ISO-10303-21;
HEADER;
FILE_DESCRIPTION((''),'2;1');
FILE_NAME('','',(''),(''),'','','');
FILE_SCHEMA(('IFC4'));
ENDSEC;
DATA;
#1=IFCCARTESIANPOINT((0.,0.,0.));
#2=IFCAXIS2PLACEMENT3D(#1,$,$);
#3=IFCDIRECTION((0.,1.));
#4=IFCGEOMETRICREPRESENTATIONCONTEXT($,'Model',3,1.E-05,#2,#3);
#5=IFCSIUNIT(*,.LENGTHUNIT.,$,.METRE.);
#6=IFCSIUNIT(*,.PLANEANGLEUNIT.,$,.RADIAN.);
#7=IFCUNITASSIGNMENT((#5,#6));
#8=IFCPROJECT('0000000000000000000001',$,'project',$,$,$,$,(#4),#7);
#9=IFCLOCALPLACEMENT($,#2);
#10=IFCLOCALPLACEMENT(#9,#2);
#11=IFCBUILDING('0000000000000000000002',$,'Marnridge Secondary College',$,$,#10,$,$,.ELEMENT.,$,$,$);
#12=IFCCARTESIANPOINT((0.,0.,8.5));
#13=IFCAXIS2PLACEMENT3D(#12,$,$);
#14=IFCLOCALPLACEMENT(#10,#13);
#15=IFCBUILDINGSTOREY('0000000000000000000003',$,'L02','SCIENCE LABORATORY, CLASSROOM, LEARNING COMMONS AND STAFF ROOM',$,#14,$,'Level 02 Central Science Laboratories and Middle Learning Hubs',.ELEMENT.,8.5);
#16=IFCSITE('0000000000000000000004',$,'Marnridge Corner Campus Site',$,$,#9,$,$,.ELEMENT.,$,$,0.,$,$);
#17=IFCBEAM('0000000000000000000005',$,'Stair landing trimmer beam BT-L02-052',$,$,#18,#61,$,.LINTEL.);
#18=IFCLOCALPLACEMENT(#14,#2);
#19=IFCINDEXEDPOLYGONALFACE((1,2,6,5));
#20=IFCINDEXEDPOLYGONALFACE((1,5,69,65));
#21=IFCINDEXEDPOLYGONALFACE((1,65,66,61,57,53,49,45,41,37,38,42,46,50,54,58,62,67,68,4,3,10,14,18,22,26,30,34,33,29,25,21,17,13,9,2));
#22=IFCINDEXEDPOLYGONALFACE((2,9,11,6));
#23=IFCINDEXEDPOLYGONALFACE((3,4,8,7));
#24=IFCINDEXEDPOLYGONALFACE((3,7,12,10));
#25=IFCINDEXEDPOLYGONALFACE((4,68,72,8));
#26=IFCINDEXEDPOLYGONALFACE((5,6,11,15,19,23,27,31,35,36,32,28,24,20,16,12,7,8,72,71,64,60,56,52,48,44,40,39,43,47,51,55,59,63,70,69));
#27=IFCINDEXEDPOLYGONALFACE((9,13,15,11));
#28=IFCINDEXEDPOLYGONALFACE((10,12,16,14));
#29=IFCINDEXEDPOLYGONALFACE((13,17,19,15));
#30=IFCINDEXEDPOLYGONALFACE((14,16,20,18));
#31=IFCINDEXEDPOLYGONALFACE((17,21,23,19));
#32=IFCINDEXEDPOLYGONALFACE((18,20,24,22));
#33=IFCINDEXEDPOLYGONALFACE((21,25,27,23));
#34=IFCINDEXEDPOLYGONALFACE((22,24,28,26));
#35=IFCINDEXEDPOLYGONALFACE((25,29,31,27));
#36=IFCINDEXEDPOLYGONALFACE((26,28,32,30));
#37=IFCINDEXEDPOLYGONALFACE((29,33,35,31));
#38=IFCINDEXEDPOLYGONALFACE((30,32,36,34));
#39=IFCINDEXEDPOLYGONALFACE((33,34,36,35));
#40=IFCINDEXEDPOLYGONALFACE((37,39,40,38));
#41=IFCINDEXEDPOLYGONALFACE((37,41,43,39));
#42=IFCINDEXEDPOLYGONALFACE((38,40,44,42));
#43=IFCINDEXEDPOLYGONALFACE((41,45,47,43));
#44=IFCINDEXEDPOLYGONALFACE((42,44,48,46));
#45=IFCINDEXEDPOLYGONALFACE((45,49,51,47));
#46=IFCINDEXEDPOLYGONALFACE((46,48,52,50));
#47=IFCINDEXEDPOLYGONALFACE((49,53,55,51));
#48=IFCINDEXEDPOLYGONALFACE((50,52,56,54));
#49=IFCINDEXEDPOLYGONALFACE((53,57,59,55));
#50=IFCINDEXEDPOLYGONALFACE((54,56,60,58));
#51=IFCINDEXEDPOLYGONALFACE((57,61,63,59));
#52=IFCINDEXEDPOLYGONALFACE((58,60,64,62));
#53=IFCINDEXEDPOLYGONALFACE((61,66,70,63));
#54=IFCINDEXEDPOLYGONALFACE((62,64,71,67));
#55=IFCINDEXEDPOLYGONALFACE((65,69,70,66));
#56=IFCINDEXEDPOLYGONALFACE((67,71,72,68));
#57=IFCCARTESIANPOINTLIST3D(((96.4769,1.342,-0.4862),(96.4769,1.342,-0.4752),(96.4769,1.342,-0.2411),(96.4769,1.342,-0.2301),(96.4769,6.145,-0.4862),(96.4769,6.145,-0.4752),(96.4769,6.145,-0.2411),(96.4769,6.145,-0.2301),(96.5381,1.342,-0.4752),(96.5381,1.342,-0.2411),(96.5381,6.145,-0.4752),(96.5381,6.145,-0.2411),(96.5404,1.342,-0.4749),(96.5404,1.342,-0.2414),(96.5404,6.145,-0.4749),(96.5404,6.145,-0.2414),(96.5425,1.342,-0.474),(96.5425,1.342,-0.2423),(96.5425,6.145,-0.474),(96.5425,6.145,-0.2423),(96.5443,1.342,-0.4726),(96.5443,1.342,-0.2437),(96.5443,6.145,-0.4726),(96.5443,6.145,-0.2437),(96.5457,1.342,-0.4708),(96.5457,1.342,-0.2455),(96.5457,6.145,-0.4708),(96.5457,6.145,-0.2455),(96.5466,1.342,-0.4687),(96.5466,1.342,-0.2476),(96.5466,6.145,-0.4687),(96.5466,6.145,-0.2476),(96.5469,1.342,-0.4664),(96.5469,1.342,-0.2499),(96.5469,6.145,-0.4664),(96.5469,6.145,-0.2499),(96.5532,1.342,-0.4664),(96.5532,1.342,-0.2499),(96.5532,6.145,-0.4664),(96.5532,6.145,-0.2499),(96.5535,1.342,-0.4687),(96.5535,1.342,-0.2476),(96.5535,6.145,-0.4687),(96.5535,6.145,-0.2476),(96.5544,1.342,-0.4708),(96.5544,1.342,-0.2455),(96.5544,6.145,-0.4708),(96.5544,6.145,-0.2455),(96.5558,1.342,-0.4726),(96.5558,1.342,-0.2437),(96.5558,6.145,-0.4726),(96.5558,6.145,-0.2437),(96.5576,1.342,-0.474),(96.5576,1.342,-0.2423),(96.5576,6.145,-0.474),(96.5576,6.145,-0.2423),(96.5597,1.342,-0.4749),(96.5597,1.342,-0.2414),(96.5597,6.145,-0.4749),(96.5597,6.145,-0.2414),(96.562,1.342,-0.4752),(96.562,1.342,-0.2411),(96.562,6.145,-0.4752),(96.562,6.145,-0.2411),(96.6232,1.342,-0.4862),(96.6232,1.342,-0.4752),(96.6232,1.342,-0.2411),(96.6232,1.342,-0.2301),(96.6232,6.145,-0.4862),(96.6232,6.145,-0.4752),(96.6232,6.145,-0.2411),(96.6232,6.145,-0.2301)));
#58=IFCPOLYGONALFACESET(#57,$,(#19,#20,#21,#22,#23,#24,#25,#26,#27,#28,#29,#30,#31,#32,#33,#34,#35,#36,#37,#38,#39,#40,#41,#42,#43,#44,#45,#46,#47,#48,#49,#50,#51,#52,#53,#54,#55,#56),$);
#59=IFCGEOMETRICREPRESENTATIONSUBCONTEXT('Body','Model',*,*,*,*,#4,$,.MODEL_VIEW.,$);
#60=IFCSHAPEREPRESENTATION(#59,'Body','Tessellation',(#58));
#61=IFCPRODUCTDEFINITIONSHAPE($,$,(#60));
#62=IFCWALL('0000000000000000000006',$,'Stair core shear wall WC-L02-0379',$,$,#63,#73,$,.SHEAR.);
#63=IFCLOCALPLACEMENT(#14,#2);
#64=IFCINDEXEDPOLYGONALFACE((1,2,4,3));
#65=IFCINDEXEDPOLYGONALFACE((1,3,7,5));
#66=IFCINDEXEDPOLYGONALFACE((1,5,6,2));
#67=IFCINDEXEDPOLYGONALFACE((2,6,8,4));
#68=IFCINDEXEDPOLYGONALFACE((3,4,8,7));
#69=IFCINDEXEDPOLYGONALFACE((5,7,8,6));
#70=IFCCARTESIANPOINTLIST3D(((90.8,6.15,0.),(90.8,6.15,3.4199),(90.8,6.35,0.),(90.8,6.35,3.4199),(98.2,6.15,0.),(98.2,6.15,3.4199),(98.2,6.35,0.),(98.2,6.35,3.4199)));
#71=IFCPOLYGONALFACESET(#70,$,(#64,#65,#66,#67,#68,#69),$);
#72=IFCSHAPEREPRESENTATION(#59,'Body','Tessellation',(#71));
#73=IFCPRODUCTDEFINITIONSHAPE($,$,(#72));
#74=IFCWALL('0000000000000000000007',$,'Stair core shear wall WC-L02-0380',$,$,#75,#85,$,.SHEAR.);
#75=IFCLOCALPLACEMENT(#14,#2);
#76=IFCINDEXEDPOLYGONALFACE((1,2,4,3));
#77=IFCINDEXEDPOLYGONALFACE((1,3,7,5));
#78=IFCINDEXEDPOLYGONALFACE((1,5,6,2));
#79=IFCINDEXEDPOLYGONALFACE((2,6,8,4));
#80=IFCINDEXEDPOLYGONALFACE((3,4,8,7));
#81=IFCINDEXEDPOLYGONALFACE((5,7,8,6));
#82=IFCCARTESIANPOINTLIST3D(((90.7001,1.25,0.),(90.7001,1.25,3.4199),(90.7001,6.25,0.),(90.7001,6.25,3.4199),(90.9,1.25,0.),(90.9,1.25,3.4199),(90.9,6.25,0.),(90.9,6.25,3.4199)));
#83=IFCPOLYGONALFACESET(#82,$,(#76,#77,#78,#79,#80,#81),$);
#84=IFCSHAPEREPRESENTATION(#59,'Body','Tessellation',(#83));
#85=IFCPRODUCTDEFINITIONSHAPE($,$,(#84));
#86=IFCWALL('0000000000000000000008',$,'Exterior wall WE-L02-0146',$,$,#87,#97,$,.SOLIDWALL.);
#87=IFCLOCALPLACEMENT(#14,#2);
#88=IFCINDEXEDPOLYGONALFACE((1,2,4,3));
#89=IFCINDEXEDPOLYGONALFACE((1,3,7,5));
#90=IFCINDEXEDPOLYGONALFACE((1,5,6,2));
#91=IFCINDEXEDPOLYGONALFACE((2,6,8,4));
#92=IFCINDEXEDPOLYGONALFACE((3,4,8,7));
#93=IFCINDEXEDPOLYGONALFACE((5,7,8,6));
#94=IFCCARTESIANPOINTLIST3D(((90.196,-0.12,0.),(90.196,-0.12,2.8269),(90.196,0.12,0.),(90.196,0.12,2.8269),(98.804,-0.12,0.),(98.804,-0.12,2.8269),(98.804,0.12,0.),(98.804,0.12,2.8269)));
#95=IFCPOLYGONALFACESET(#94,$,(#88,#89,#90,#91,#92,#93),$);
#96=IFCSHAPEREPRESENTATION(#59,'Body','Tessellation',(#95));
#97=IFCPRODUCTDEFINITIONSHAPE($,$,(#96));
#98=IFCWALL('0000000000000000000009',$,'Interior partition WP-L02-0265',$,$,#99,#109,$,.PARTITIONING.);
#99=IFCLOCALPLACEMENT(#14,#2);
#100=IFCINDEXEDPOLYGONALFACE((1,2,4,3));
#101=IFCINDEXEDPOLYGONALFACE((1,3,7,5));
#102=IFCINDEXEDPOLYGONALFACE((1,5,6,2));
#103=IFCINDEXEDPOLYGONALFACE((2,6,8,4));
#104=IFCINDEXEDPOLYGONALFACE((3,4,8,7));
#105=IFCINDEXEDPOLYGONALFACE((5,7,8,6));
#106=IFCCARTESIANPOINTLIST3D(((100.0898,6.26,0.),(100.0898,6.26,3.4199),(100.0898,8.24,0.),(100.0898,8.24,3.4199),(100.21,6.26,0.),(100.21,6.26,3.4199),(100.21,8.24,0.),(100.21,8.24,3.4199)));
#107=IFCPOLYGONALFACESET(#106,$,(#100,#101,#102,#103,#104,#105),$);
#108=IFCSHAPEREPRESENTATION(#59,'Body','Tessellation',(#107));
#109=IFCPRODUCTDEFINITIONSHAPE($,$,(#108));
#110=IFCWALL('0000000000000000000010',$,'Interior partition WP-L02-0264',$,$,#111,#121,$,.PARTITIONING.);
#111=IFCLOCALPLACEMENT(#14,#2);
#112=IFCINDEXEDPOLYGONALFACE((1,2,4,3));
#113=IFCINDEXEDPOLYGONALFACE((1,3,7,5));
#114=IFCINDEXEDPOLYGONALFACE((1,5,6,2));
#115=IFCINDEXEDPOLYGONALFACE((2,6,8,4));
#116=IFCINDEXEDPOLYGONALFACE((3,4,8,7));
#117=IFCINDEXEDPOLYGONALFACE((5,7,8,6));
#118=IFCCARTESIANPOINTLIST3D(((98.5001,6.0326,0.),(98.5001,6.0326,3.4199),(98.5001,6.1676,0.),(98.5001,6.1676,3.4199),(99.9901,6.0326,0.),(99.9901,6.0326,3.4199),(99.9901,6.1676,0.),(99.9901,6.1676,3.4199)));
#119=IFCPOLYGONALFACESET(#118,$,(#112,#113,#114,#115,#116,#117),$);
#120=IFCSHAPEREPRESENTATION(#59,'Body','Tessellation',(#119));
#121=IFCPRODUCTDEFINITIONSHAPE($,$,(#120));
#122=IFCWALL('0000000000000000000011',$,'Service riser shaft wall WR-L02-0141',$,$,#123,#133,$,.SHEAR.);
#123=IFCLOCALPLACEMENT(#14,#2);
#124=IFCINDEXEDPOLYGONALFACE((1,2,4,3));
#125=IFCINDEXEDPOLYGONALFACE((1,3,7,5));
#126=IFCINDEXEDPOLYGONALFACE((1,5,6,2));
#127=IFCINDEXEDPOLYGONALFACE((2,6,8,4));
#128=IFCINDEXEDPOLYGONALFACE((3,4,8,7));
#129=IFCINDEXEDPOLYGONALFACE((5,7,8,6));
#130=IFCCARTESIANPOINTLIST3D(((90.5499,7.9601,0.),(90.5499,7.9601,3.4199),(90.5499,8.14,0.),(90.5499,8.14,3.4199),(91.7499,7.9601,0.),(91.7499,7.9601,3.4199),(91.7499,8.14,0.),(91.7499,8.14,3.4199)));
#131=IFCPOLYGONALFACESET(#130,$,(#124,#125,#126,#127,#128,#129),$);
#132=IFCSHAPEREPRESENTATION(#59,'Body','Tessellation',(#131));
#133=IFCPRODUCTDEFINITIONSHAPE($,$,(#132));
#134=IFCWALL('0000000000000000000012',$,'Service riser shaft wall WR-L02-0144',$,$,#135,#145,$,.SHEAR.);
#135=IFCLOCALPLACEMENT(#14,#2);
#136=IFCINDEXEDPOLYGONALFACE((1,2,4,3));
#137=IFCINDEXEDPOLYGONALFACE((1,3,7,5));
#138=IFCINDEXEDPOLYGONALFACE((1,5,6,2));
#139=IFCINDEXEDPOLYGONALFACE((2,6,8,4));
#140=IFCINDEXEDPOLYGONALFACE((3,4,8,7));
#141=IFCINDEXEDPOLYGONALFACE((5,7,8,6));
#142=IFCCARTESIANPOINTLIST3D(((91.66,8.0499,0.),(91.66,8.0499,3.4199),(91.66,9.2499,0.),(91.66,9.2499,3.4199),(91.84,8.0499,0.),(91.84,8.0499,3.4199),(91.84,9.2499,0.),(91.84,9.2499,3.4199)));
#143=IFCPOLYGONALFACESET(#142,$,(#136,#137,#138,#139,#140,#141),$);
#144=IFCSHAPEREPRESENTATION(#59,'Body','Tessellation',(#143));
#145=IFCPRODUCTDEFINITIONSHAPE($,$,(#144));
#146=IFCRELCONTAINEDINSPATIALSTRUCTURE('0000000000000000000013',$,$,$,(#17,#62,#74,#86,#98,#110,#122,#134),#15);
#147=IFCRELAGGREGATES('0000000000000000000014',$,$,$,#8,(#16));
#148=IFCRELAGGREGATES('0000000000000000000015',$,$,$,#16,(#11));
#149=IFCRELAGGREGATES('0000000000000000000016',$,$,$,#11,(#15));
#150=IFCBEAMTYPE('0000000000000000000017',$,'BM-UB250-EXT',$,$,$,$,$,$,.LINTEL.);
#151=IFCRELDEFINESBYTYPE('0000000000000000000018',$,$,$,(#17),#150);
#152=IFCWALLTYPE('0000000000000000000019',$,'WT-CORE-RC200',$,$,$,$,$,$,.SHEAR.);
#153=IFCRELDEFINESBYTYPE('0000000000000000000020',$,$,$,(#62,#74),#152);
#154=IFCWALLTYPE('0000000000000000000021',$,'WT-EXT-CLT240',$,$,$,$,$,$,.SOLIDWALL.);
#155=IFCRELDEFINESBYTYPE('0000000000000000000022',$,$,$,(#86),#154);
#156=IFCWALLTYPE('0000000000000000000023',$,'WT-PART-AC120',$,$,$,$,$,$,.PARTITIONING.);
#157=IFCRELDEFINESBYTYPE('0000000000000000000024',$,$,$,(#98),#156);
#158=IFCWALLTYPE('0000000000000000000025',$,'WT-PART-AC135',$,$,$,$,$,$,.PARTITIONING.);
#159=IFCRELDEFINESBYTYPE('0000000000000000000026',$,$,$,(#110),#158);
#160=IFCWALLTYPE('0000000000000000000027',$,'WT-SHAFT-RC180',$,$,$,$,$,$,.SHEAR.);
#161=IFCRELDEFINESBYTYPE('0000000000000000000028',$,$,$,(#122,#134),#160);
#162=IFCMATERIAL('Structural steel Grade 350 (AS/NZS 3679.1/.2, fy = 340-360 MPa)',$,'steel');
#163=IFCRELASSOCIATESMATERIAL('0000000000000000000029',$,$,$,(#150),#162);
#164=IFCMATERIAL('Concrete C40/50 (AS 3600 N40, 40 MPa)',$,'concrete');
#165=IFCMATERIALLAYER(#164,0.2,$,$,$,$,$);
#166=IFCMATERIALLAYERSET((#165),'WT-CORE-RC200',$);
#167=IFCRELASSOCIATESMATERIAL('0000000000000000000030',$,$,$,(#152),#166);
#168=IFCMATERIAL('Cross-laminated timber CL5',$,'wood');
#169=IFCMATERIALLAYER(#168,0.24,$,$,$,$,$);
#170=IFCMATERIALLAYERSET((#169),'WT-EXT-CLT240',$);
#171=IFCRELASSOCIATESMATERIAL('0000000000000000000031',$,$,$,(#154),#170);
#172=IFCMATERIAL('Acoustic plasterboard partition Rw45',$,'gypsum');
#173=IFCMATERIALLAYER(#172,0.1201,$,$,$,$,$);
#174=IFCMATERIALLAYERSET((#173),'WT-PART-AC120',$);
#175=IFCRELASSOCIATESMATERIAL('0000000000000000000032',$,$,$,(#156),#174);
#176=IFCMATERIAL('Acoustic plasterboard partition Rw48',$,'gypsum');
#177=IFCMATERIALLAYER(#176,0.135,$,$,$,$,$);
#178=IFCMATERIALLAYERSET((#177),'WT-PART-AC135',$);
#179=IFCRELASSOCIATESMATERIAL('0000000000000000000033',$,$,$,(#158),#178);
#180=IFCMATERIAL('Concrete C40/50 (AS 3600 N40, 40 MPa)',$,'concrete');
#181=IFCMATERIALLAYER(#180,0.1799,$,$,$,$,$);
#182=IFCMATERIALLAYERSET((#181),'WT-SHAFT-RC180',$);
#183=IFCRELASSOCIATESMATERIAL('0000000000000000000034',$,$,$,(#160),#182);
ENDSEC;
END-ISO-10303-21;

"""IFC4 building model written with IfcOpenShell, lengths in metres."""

from ifc_helpers import new_model, si_unit, direction, frame, frame_2d, origin, origin_2d, place, context, subcontext, project, spatial, rectangle, i_section, extrude, material, layer, layer_set, material_profile, profile_set, type_object, element, save


model = new_model("IFC4")

# Units and contexts
model_context = context("Model", 3, precision=1e-05, world=origin(), true_north=direction((0.0, 1.0)))
body_context = subcontext(model_context, "Body", "Model", "MODEL_VIEW")
ifc_project = project(units=[si_unit("LENGTHUNIT", "METRE"), si_unit("PLANEANGLEUNIT", "RADIAN")], contexts=[model_context])

# Site, building, storey
site_placement = place(None, origin())
site = spatial("IfcSite", under=ifc_project, at=site_placement, Name="Marnridge Corner Campus Site", CompositionType="ELEMENT", RefElevation=0.0)
building_placement = place(site_placement, origin())
building = spatial("IfcBuilding", under=site, at=building_placement, Name="Marnridge Secondary College", CompositionType="ELEMENT")
storey_placement = place(building_placement, frame((0.0, 0.0, 8.5)))
storey = spatial("IfcBuildingStorey", under=building, at=storey_placement, Name="L02", Description="SCIENCE LABORATORY, CLASSROOM, LEARNING COMMONS AND STAFF ROOM", LongName="Level 02 Central Science Laboratories and Middle Learning Hubs", CompositionType="ELEMENT", Elevation=8.5)

# Beam
ifc_material_1 = material(Name="Structural steel Grade 350 (AS/NZS 3679.1/.2, fy = 340-360 MPa)", Category="steel")
ifc_material_profile_1 = material_profile(ifc_material_1, i_section(OverallWidth=0.1462, OverallDepth=0.2561, WebThickness=0.0063, FlangeThickness=0.011, FilletRadius=0.0088, at=origin_2d()), Name="250UB37.3")
ifc_profile_set_1 = profile_set([ifc_material_profile_1], Name="Structural steel Grade 350 (AS/NZS 3679.1/.2, fy = 340-360 MPa)")
beam_type_1 = type_object("IfcBeamType", Name="BM-UB250-EXT", PredefinedType="LINTEL", material=ifc_profile_set_1)
beam_1_placement = place(storey_placement, frame((96.55, 1.342, -0.3582), z_axis=(0.0, 1.0, 0.0), x_axis=(-1.0, 0.0, 0.0)))
element("IfcBeam", 1, at=beam_1_placement, inside=storey, type_object=beam_type_1, Name="Stair landing trimmer beam BT-L02-052", PredefinedType="LINTEL", context=body_context, shape_type="SweptSolid", body=[
    extrude(i_section(OverallWidth=0.1462, OverallDepth=0.2561, WebThickness=0.0063, FlangeThickness=0.011, FilletRadius=0.0088, at=origin_2d()), origin(), (0.0, 0.0, 1.0), 4.803),
])

# Shared definitions
ifc_material_2 = material(Name="Concrete C40/50 (AS 3600 N40, 40 MPa)", Category="concrete")
ifc_layer_1 = layer(ifc_material_2, 0.2)
ifc_layer_set_1 = layer_set([ifc_layer_1], Name="WT-CORE-RC200")
wall_type_1 = type_object("IfcWallType", Name="WT-CORE-RC200", PredefinedType="SHEAR", material=ifc_layer_set_1)

# Walls
wall_1_placement = place(storey_placement, frame((98.2, 6.25, 0.0), z_axis=(0.0, 0.0, 1.0), x_axis=(-1.0, 0.0, 0.0)))
element("IfcWall", 2, at=wall_1_placement, inside=storey, type_object=wall_type_1, Name="Stair core shear wall WC-L02-0379", PredefinedType="SHEAR", context=body_context, shape_type="SweptSolid", body=[
    extrude(rectangle(XDim=7.3999, YDim=0.2, at=frame_2d((3.7, 0.0))), origin(), (0.0, 0.0, 1.0), 3.4199),
])
wall_2_placement = place(storey_placement, frame((90.8, 6.25, 0.0), z_axis=(0.0, 0.0, 1.0), x_axis=(0.0, -1.0, 0.0)))
element("IfcWall", 3, at=wall_2_placement, inside=storey, type_object=wall_type_1, Name="Stair core shear wall WC-L02-0380", PredefinedType="SHEAR", context=body_context, shape_type="SweptSolid", body=[
    extrude(rectangle(XDim=5.0, YDim=0.2, at=frame_2d((2.5, 0.0))), origin(), (0.0, 0.0, 1.0), 3.4199),
])
ifc_material_3 = material(Name="Cross-laminated timber CL5", Category="wood")
ifc_layer_2 = layer(ifc_material_3, 0.24)
ifc_layer_set_2 = layer_set([ifc_layer_2], Name="WT-EXT-CLT240")
wall_type_2 = type_object("IfcWallType", Name="WT-EXT-CLT240", PredefinedType="SOLIDWALL", material=ifc_layer_set_2)
wall_3_placement = place(storey_placement, frame((98.804, 0.0, 0.0), z_axis=(0.0, 0.0, 1.0), x_axis=(-1.0, 0.0, 0.0)))
element("IfcWall", 4, at=wall_3_placement, inside=storey, type_object=wall_type_2, Name="Exterior wall WE-L02-0146", PredefinedType="SOLIDWALL", context=body_context, shape_type="SweptSolid", body=[
    extrude(rectangle(XDim=8.6079, YDim=0.24, at=frame_2d((4.304, 0.0))), origin(), (0.0, 0.0, 1.0), 2.8269),
])
ifc_material_4 = material(Name="Acoustic plasterboard partition Rw45", Category="gypsum")
ifc_layer_3 = layer(ifc_material_4, 0.1201)
ifc_layer_set_3 = layer_set([ifc_layer_3], Name="WT-PART-AC120")
wall_type_3 = type_object("IfcWallType", Name="WT-PART-AC120", PredefinedType="PARTITIONING", material=ifc_layer_set_3)
wall_4_placement = place(storey_placement, frame((100.1499, 6.26, 0.0), z_axis=(0.0, 0.0, 1.0), x_axis=(0.0, 1.0, 0.0)))
element("IfcWall", 5, at=wall_4_placement, inside=storey, type_object=wall_type_3, Name="Interior partition WP-L02-0265", PredefinedType="PARTITIONING", context=body_context, shape_type="SweptSolid", body=[
    extrude(rectangle(XDim=1.98, YDim=0.1201, at=frame_2d((0.99, 0.0))), origin(), (0.0, 0.0, 1.0), 3.4199),
])
ifc_material_5 = material(Name="Acoustic plasterboard partition Rw48", Category="gypsum")
ifc_layer_4 = layer(ifc_material_5, 0.135)
ifc_layer_set_4 = layer_set([ifc_layer_4], Name="WT-PART-AC135")
wall_type_4 = type_object("IfcWallType", Name="WT-PART-AC135", PredefinedType="PARTITIONING", material=ifc_layer_set_4)
wall_5_placement = place(storey_placement, frame((98.5, 6.1001, 0.0), z_axis=(0.0, 0.0, 1.0), x_axis=(1.0, 0.0, 0.0)))
element("IfcWall", 6, at=wall_5_placement, inside=storey, type_object=wall_type_4, Name="Interior partition WP-L02-0264", PredefinedType="PARTITIONING", context=body_context, shape_type="SweptSolid", body=[
    extrude(rectangle(XDim=1.49, YDim=0.135, at=frame_2d((0.7451, 0.0))), origin(), (0.0, 0.0, 1.0), 3.4199),
])
ifc_material_6 = material(Name="Concrete C40/50 (AS 3600 N40, 40 MPa)", Category="concrete")
ifc_layer_5 = layer(ifc_material_6, 0.1799)
ifc_layer_set_5 = layer_set([ifc_layer_5], Name="WT-SHAFT-RC180")
wall_type_5 = type_object("IfcWallType", Name="WT-SHAFT-RC180", PredefinedType="SHEAR", material=ifc_layer_set_5)
for number, where, z_axis, x_axis, name in (
    (7, (91.75, 8.05, 0.0), (0.0, 0.0, 1.0), (-1.0, 0.0, 0.0), "Service riser shaft wall WR-L02-0141"),
    (8, (91.75, 9.25, 0.0), (0.0, 0.0, 1.0), (0.0, -1.0, 0.0), "Service riser shaft wall WR-L02-0144"),
):
    element("IfcWall", number, at=place(storey_placement, frame(where, z_axis=z_axis, x_axis=x_axis)), inside=storey, type_object=wall_type_5, Name=name, PredefinedType="SHEAR", context=body_context, shape_type="SweptSolid", body=[
        extrude(rectangle(XDim=1.2, YDim=0.1799, at=frame_2d((0.6001, 0.0))), origin(), (0.0, 0.0, 1.0), 3.4199),
    ])

save(model, "model.ifc")
